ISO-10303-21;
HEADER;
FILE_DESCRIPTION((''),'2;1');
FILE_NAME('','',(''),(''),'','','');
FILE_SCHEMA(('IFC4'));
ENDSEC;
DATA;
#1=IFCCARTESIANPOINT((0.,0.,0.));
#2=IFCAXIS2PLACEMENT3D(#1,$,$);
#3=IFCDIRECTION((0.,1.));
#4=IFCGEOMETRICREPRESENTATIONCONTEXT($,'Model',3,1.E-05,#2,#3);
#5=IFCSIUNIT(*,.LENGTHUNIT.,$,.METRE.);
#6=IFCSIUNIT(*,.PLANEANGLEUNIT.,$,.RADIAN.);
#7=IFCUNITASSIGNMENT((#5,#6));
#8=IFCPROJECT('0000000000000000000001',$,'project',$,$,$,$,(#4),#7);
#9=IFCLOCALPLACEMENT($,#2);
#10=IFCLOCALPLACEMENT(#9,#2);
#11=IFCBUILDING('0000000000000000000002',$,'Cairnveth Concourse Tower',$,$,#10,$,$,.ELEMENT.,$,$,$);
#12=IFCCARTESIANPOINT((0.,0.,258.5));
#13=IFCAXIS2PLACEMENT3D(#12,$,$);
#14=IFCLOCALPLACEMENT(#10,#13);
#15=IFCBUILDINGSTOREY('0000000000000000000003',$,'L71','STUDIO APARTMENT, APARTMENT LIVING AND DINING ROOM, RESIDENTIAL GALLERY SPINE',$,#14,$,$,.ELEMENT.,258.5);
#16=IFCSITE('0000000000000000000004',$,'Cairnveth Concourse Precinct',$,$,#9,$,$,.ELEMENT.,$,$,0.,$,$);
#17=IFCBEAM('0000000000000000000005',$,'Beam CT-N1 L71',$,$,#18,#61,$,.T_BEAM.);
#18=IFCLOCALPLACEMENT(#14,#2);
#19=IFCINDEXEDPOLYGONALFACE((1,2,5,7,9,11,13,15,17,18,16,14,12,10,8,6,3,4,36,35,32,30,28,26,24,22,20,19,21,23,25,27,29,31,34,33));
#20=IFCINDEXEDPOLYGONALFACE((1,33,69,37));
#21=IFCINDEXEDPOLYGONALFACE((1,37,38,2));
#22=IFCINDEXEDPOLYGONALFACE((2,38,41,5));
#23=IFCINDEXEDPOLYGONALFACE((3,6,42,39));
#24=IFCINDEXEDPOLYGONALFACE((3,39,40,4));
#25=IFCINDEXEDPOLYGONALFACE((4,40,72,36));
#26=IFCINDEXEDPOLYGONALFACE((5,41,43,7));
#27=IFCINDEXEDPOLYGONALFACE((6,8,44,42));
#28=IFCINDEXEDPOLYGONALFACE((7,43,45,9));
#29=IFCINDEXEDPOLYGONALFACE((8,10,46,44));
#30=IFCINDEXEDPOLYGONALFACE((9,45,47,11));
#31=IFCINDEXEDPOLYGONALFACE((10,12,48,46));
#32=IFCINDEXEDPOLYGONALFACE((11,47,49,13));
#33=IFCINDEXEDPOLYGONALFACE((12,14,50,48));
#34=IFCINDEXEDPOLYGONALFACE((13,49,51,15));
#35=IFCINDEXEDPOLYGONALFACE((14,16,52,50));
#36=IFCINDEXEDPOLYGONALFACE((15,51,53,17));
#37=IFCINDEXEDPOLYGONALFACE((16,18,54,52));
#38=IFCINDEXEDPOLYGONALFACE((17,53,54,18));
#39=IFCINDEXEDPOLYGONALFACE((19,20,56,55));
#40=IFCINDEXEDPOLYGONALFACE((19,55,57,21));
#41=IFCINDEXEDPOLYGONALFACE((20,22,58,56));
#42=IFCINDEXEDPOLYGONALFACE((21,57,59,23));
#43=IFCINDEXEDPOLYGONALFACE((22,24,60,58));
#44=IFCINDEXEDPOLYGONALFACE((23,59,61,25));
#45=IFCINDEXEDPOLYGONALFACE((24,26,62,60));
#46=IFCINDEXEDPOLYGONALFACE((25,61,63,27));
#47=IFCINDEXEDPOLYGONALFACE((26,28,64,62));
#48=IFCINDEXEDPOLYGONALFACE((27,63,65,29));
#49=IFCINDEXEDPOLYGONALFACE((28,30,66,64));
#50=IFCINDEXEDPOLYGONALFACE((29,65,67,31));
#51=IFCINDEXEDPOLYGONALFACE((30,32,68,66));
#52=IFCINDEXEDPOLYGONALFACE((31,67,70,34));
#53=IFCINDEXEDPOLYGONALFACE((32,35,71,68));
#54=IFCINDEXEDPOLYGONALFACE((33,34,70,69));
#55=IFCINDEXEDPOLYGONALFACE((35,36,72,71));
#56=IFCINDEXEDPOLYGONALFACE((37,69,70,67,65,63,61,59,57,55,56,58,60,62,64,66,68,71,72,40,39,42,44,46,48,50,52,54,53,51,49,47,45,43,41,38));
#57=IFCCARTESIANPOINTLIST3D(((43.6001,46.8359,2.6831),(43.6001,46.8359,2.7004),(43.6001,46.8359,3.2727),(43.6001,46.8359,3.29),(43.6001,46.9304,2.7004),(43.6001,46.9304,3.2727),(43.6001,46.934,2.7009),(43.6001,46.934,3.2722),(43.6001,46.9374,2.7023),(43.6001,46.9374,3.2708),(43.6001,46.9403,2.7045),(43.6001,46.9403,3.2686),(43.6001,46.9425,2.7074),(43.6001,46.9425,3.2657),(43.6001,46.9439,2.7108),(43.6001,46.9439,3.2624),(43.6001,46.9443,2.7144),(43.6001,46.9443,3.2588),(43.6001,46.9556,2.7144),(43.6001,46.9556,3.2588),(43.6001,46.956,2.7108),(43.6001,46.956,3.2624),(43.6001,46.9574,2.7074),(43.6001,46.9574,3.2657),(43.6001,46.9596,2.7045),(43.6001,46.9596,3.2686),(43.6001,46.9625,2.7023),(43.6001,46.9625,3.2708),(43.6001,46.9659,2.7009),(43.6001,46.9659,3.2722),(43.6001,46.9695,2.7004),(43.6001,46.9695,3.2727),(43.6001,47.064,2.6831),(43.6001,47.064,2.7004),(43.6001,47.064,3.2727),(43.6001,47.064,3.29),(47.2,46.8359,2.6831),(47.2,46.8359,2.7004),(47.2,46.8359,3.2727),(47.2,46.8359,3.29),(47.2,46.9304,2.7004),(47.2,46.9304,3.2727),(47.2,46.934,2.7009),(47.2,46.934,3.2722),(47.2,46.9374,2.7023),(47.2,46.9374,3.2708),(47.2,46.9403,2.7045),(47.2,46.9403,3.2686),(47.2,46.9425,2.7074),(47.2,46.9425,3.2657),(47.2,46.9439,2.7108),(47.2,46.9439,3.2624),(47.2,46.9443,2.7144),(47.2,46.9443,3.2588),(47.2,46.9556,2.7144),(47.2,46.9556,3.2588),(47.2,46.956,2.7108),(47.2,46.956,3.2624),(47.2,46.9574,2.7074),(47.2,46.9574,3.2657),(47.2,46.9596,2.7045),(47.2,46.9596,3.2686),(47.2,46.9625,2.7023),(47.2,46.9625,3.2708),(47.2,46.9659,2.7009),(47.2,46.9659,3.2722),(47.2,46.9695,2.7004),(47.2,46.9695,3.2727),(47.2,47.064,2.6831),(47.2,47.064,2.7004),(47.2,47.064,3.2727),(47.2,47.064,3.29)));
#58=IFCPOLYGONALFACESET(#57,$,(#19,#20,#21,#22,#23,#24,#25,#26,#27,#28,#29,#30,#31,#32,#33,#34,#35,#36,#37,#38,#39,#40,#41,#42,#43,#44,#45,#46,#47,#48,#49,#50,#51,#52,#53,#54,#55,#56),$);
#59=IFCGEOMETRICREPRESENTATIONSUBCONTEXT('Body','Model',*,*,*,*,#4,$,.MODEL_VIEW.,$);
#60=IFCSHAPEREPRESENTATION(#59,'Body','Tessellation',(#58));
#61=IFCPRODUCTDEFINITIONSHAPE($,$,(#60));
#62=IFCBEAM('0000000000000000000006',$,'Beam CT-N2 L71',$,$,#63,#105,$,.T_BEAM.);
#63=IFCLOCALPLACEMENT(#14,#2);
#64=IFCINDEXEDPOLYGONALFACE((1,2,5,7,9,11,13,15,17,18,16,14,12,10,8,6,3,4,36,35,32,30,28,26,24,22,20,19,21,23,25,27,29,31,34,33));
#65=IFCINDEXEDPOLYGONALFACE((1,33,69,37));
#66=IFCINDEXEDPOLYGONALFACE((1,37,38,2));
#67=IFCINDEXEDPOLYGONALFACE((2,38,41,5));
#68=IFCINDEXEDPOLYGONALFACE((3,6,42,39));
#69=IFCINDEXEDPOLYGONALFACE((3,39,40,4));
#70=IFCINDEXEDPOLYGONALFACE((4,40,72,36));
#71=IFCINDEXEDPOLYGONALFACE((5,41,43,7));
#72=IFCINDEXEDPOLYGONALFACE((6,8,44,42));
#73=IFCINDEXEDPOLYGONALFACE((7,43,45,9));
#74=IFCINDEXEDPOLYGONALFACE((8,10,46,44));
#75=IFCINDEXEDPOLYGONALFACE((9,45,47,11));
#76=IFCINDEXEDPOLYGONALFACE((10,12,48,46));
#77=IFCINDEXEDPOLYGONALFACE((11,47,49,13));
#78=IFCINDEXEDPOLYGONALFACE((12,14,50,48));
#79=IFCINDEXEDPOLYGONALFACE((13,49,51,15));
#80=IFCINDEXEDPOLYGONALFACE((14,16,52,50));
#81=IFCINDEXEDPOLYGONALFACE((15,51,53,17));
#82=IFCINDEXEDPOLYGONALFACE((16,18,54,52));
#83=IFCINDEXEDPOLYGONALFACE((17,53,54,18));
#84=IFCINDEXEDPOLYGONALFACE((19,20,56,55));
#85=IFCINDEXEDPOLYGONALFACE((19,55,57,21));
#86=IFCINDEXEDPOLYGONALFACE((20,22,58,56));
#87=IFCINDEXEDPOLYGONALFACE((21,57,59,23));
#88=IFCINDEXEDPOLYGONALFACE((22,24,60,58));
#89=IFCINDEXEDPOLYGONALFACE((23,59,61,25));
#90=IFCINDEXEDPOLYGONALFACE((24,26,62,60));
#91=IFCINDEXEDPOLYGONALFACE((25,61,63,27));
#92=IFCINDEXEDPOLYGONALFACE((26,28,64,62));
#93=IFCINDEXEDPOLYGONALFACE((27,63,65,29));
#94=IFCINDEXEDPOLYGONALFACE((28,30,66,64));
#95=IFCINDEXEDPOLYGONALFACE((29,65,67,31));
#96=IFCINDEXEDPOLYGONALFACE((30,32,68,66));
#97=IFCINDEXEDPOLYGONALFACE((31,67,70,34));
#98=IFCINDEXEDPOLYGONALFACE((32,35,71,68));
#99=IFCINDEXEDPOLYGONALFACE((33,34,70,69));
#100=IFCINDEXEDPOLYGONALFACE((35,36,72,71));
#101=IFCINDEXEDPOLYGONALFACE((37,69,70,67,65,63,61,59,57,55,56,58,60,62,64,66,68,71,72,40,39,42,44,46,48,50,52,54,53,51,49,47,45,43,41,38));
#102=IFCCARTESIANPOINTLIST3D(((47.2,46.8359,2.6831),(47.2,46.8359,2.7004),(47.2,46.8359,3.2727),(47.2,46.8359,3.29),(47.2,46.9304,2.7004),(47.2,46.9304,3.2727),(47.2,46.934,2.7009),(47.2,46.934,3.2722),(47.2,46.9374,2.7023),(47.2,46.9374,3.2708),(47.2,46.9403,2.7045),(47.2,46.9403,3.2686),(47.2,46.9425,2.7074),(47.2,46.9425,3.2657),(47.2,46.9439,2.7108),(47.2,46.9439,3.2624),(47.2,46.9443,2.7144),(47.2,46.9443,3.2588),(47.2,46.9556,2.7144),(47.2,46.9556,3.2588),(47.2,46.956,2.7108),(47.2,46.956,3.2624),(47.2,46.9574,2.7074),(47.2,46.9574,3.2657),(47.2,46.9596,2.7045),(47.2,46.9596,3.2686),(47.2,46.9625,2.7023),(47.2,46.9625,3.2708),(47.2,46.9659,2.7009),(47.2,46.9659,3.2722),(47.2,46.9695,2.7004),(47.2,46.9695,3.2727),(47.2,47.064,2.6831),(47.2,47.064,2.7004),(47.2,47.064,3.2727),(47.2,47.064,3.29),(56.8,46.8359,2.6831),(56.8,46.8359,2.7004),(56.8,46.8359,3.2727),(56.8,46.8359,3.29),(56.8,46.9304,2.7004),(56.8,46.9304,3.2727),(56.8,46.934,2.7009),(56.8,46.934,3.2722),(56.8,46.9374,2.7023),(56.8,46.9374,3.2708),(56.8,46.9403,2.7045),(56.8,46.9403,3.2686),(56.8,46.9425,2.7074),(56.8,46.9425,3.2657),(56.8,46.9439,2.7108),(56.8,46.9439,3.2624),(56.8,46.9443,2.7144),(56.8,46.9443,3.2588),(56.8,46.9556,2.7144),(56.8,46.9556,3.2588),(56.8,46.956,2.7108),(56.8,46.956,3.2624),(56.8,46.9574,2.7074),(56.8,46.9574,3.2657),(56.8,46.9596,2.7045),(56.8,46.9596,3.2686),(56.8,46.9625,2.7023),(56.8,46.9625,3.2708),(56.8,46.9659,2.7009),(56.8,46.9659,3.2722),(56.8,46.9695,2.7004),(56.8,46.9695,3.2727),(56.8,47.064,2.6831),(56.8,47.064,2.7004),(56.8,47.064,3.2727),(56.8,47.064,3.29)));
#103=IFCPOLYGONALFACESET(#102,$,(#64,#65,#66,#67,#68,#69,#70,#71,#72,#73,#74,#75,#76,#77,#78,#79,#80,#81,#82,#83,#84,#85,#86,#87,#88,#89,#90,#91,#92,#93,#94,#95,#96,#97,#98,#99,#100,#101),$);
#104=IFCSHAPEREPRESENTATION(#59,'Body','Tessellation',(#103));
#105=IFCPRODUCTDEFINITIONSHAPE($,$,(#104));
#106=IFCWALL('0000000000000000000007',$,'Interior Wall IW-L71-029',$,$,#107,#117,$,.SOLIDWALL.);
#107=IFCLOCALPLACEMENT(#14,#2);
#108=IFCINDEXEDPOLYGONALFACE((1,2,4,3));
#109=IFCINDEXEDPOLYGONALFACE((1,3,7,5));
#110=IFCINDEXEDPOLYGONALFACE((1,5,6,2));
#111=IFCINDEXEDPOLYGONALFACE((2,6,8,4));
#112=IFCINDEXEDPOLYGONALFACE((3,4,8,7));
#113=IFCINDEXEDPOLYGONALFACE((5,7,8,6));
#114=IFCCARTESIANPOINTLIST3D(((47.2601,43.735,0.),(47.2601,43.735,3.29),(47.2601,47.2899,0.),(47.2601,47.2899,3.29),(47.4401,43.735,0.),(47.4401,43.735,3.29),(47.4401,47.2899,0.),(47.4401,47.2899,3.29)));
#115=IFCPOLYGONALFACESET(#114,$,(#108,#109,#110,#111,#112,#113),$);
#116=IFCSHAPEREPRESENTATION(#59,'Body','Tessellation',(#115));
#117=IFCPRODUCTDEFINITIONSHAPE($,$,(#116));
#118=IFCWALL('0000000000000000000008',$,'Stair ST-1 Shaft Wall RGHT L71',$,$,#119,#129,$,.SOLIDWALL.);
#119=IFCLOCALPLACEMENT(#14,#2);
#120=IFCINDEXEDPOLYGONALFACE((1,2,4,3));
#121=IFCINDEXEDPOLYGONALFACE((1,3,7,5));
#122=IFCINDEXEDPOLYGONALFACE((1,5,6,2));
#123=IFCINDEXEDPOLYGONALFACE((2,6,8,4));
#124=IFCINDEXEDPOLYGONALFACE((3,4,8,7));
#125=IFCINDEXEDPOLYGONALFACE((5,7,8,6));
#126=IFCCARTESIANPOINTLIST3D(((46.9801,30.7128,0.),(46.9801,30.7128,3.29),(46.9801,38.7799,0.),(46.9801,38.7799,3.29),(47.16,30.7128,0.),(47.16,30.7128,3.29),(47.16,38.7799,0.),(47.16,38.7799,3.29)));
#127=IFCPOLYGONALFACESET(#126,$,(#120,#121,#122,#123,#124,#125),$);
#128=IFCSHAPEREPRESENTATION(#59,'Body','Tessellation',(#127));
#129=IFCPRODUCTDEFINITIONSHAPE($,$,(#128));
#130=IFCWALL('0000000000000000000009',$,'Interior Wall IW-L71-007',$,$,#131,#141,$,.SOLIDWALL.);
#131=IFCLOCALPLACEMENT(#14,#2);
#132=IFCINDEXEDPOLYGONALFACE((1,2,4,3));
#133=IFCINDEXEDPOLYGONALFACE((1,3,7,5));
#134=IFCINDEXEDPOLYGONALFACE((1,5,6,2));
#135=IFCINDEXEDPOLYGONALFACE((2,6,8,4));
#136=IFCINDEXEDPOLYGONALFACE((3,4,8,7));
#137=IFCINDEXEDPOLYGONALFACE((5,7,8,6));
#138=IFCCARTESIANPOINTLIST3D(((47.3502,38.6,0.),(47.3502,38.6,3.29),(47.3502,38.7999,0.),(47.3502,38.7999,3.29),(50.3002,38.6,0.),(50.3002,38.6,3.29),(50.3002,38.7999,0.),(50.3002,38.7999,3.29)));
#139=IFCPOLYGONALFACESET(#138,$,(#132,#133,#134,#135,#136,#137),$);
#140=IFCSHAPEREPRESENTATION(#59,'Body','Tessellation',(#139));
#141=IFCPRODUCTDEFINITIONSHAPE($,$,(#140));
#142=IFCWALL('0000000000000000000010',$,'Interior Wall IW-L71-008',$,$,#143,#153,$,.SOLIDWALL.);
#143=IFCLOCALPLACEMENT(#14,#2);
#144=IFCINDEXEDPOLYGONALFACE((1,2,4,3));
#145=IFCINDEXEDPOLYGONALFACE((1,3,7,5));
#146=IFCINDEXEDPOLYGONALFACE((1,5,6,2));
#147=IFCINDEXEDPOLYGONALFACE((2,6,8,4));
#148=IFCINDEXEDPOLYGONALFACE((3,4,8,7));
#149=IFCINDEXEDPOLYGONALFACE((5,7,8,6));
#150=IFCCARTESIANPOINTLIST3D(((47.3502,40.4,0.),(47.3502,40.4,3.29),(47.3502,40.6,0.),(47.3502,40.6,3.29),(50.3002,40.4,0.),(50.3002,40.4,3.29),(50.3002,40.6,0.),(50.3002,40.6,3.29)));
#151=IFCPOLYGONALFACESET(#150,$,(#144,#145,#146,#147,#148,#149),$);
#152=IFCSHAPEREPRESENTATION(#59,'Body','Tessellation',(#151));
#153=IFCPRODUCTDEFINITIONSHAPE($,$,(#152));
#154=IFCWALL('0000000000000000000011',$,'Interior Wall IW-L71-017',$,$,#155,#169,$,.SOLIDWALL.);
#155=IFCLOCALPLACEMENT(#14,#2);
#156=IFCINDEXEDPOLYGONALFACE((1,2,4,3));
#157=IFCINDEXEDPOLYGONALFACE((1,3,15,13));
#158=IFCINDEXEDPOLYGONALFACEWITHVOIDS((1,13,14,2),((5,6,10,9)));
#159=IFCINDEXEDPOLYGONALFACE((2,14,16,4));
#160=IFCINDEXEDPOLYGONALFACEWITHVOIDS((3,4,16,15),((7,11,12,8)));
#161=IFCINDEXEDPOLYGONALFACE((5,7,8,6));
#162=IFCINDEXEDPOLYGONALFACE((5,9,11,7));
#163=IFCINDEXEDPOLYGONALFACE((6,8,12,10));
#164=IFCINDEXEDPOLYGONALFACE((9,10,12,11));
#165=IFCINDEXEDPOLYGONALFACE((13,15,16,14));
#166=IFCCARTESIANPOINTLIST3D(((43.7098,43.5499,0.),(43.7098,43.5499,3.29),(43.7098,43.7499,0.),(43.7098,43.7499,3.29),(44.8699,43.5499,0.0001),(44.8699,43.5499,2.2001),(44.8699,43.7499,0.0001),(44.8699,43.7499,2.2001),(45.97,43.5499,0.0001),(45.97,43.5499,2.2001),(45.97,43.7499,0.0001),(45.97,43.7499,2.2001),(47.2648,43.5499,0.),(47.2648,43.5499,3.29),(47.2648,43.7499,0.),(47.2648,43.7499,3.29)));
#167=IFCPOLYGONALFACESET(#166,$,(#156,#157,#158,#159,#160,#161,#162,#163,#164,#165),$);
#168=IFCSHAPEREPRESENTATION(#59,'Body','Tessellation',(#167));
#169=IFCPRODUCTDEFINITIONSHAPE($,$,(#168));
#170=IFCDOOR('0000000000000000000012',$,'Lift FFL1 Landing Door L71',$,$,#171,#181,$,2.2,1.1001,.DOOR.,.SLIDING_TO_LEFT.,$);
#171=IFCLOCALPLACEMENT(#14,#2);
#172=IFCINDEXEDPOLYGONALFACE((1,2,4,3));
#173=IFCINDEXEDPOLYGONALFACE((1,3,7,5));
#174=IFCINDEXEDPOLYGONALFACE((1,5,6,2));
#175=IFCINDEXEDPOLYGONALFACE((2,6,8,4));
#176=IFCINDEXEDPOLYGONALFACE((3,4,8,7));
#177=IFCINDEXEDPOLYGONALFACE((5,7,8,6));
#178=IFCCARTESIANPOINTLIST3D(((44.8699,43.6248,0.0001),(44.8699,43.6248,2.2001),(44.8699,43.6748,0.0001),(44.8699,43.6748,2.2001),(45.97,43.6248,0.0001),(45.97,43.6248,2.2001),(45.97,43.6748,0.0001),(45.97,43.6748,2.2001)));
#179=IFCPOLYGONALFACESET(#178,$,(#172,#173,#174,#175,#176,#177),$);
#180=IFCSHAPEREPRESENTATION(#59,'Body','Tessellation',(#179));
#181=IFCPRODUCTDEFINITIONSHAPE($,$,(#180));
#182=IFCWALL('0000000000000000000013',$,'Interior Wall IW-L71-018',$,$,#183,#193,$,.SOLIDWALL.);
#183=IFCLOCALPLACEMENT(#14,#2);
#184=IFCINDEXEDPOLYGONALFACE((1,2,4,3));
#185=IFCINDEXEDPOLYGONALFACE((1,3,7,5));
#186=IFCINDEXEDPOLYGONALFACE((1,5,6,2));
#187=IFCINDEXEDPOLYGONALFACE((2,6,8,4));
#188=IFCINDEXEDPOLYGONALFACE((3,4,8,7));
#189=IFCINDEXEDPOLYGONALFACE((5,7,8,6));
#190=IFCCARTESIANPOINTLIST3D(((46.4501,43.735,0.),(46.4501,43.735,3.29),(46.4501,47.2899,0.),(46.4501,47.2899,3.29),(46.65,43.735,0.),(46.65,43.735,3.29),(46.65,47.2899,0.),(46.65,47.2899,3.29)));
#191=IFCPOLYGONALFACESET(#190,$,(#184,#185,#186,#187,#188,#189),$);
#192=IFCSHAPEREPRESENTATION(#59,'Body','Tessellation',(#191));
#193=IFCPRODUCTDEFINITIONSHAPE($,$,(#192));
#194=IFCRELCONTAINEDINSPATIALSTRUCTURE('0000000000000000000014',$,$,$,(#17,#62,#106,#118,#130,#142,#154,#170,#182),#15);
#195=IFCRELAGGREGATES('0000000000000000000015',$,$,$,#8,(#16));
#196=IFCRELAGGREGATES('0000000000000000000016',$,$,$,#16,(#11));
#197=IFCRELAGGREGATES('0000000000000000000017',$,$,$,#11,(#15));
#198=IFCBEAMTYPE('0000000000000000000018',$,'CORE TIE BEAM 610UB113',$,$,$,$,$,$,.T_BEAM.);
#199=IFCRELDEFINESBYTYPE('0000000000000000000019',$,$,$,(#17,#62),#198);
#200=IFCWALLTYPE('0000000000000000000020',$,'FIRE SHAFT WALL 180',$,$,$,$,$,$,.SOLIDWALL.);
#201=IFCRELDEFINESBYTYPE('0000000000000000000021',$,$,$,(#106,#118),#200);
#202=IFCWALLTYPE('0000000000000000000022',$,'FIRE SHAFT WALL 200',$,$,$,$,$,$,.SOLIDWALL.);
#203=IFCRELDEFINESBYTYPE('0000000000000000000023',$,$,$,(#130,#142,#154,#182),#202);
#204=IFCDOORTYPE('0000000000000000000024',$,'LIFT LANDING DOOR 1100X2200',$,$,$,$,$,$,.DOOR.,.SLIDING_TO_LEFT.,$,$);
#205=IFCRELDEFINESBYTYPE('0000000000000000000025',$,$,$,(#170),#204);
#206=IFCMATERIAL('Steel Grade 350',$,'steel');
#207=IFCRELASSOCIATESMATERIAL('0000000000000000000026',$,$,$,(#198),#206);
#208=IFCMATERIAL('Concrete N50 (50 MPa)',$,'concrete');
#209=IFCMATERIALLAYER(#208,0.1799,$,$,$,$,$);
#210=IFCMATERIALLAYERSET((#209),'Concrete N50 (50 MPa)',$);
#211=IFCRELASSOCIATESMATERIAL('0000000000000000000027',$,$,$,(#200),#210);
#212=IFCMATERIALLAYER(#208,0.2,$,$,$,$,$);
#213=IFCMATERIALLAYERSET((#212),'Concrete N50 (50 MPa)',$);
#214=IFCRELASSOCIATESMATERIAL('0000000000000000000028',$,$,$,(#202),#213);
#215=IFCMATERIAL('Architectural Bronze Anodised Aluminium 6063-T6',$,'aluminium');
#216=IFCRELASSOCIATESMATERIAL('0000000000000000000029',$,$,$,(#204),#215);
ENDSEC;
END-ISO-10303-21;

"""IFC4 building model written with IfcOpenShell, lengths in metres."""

from ifc_helpers import new_model, si_unit, direction, frame, frame_2d, origin, origin_2d, place, context, subcontext, project, spatial, rectangle, i_section, extrude, material, layer, layer_set, material_profile, profile_set, type_object, element, fill, save


model = new_model("IFC4")

# Units and contexts
model_context = context("Model", 3, precision=1e-05, world=origin(), true_north=direction((0.0, 1.0)))
body_context = subcontext(model_context, "Body", "Model", "MODEL_VIEW")
ifc_project = project(units=[si_unit("LENGTHUNIT", "METRE"), si_unit("PLANEANGLEUNIT", "RADIAN")], contexts=[model_context])

# Site, building, storey
site_placement = place(None, origin())
site = spatial("IfcSite", under=ifc_project, at=site_placement, Name="Cairnveth Concourse Precinct", CompositionType="ELEMENT", RefElevation=0.0)
building_placement = place(site_placement, origin())
building = spatial("IfcBuilding", under=site, at=building_placement, Name="Cairnveth Concourse Tower", CompositionType="ELEMENT")
storey_placement = place(building_placement, frame((0.0, 0.0, 258.5)))
storey = spatial("IfcBuildingStorey", under=building, at=storey_placement, Name="L71", Description="STUDIO APARTMENT, APARTMENT LIVING AND DINING ROOM, RESIDENTIAL GALLERY SPINE", CompositionType="ELEMENT", Elevation=258.5)

# Beams
ifc_material_1 = material(Name="Steel Grade 350", Category="steel")
ifc_material_profile = material_profile(ifc_material_1, i_section(OverallWidth=0.228, OverallDepth=0.6069, WebThickness=0.0112, FlangeThickness=0.0173, FilletRadius=0.0139, at=origin_2d()), Name="610UB113")
ifc_profile_set = profile_set([ifc_material_profile], Name="Steel Grade 350")
beam_type = type_object("IfcBeamType", Name="CORE TIE BEAM 610UB113", PredefinedType="T_BEAM", material=ifc_profile_set)
beam_1_placement = place(storey_placement, frame((43.6001, 46.95, 2.9866), z_axis=(1.0, 0.0, 0.0), x_axis=(0.0, 1.0, 0.0)))
element("IfcBeam", 1, at=beam_1_placement, inside=storey, type_object=beam_type, Name="Beam CT-N1 L71", PredefinedType="T_BEAM", context=body_context, shape_type="SweptSolid", body=[
    extrude(i_section(OverallWidth=0.228, OverallDepth=0.6069, WebThickness=0.0112, FlangeThickness=0.0173, FilletRadius=0.0139, at=origin_2d()), origin(), (0.0, 0.0, 1.0), 3.5999),
])
beam_2_placement = place(storey_placement, frame((47.2, 46.95, 2.9866), z_axis=(1.0, 0.0, 0.0), x_axis=(0.0, 1.0, 0.0)))
element("IfcBeam", 2, at=beam_2_placement, inside=storey, type_object=beam_type, Name="Beam CT-N2 L71", PredefinedType="T_BEAM", context=body_context, shape_type="SweptSolid", body=[
    extrude(i_section(OverallWidth=0.228, OverallDepth=0.6069, WebThickness=0.0112, FlangeThickness=0.0173, FilletRadius=0.0139, at=origin_2d()), origin(), (0.0, 0.0, 1.0), 9.6001),
])

# Wall
ifc_material_2 = material(Name="Concrete N50 (50 MPa)", Category="concrete")
ifc_layer_1 = layer(ifc_material_2, 0.1799)
ifc_layer_set_1 = layer_set([ifc_layer_1], Name="Concrete N50 (50 MPa)")
wall_type_1 = type_object("IfcWallType", Name="FIRE SHAFT WALL 180", PredefinedType="SOLIDWALL", material=ifc_layer_set_1)
wall_1_placement = place(storey_placement, frame((47.3501, 43.7351, 0.0), z_axis=(0.0, 0.0, 1.0), x_axis=(0.0, 1.0, 0.0)))
element("IfcWall", 3, at=wall_1_placement, inside=storey, type_object=wall_type_1, Name="Interior Wall IW-L71-029", PredefinedType="SOLIDWALL", context=body_context, shape_type="SweptSolid", body=[
    extrude(rectangle(XDim=3.5549, YDim=0.1799, at=frame_2d((1.7773, 0.0))), origin(), (0.0, 0.0, 1.0), 3.29),
])

# Walls
wall_2_placement = place(storey_placement, frame((47.0701, 38.78, 0.0), z_axis=(0.0, 0.0, 1.0), x_axis=(0.0, -1.0, 0.0)))
element("IfcWall", 4, at=wall_2_placement, inside=storey, type_object=wall_type_1, Name="Stair ST-1 Shaft Wall RGHT L71", PredefinedType="SOLIDWALL", context=body_context, shape_type="SweptSolid", body=[
    extrude(rectangle(XDim=8.0671, YDim=0.1799, at=frame_2d((4.0337, 0.0))), origin(), (0.0, 0.0, 1.0), 3.29),
])
ifc_layer_2 = layer(ifc_material_2, 0.2)
ifc_layer_set_2 = layer_set([ifc_layer_2], Name="Concrete N50 (50 MPa)")
wall_type_2 = type_object("IfcWallType", Name="FIRE SHAFT WALL 200", PredefinedType="SOLIDWALL", material=ifc_layer_set_2)
for number, where, z_axis, x_axis, name in (
    (5, (47.3501, 38.7, 0.0), (0.0, 0.0, 1.0), (1.0, 0.0, 0.0), "Interior Wall IW-L71-007"),
    (6, (47.3501, 40.5, 0.0), (0.0, 0.0, 1.0), (1.0, 0.0, 0.0), "Interior Wall IW-L71-008"),
):
    element("IfcWall", number, at=place(storey_placement, frame(where, z_axis=z_axis, x_axis=x_axis)), inside=storey, type_object=wall_type_2, Name=name, PredefinedType="SOLIDWALL", context=body_context, shape_type="SweptSolid", body=[
        extrude(rectangle(XDim=2.95, YDim=0.2, at=frame_2d((1.4751, 0.0))), origin(), (0.0, 0.0, 1.0), 3.29),
    ])

# Wall, opening, door
wall_3_placement = place(storey_placement, frame((43.71, 43.6499, 0.0), z_axis=(0.0, 0.0, 1.0), x_axis=(1.0, 0.0, 0.0)))
wall_3 = element("IfcWall", 7, at=wall_3_placement, inside=storey, type_object=wall_type_2, Name="Interior Wall IW-L71-017", PredefinedType="SOLIDWALL", context=body_context, shape_type="SweptSolid", body=[
    extrude(rectangle(XDim=3.5549, YDim=0.2, at=frame_2d((1.7773, 0.0))), origin(), (0.0, 0.0, 1.0), 3.29),
])
opening_1_placement = place(wall_3_placement, frame((1.1599, 0.0, 0.0)))
opening_1 = element("IfcOpeningElement", 8, at=opening_1_placement, cuts=wall_3, PredefinedType="OPENING", context=body_context, shape_type="SweptSolid", body=[
    extrude(rectangle(XDim=1.1001, YDim=2.2, at=frame_2d((0.55, 1.1001))), frame((0.0, 0.1099, 0.0), z_axis=(0.0, -1.0, 0.0), x_axis=(1.0, 0.0, 0.0)), (0.0, 0.0, 1.0), 0.22),
])
ifc_material_3 = material(Name="Architectural Bronze Anodised Aluminium 6063-T6", Category="aluminium")
door_type_1 = type_object("IfcDoorType", Name="LIFT LANDING DOOR 1100X2200", OperationType="SLIDING_TO_LEFT", PredefinedType="DOOR", material=ifc_material_3)
door_1_placement = place(opening_1_placement, origin())
door_1 = element("IfcDoor", 9, at=door_1_placement, inside=storey, type_object=door_type_1, Name="Lift FFL1 Landing Door L71", OperationType="SLIDING_TO_LEFT", OverallHeight=2.2, OverallWidth=1.1001, PredefinedType="DOOR", context=body_context, shape_type="SweptSolid", body=[
    extrude(rectangle(XDim=1.1001, YDim=2.2, at=frame_2d((0.55, 1.1001))), frame((0.0, 0.0249, 0.0), z_axis=(0.0, -1.0, 0.0), x_axis=(1.0, 0.0, 0.0)), (0.0, 0.0, 1.0), 0.05),
])
fill(opening_1, door_1)

# Wall
for number, where, z_axis, x_axis, name in (
    (10, (46.55, 43.7351, 0.0), (0.0, 0.0, 1.0), (0.0, 1.0, 0.0), "Interior Wall IW-L71-018"),
):
    element("IfcWall", number, at=place(storey_placement, frame(where, z_axis=z_axis, x_axis=x_axis)), inside=storey, type_object=wall_type_2, Name=name, PredefinedType="SOLIDWALL", context=body_context, shape_type="SweptSolid", body=[
        extrude(rectangle(XDim=3.5549, YDim=0.2, at=frame_2d((1.7773, 0.0))), origin(), (0.0, 0.0, 1.0), 3.29),
    ])

save(model, "model.ifc")
